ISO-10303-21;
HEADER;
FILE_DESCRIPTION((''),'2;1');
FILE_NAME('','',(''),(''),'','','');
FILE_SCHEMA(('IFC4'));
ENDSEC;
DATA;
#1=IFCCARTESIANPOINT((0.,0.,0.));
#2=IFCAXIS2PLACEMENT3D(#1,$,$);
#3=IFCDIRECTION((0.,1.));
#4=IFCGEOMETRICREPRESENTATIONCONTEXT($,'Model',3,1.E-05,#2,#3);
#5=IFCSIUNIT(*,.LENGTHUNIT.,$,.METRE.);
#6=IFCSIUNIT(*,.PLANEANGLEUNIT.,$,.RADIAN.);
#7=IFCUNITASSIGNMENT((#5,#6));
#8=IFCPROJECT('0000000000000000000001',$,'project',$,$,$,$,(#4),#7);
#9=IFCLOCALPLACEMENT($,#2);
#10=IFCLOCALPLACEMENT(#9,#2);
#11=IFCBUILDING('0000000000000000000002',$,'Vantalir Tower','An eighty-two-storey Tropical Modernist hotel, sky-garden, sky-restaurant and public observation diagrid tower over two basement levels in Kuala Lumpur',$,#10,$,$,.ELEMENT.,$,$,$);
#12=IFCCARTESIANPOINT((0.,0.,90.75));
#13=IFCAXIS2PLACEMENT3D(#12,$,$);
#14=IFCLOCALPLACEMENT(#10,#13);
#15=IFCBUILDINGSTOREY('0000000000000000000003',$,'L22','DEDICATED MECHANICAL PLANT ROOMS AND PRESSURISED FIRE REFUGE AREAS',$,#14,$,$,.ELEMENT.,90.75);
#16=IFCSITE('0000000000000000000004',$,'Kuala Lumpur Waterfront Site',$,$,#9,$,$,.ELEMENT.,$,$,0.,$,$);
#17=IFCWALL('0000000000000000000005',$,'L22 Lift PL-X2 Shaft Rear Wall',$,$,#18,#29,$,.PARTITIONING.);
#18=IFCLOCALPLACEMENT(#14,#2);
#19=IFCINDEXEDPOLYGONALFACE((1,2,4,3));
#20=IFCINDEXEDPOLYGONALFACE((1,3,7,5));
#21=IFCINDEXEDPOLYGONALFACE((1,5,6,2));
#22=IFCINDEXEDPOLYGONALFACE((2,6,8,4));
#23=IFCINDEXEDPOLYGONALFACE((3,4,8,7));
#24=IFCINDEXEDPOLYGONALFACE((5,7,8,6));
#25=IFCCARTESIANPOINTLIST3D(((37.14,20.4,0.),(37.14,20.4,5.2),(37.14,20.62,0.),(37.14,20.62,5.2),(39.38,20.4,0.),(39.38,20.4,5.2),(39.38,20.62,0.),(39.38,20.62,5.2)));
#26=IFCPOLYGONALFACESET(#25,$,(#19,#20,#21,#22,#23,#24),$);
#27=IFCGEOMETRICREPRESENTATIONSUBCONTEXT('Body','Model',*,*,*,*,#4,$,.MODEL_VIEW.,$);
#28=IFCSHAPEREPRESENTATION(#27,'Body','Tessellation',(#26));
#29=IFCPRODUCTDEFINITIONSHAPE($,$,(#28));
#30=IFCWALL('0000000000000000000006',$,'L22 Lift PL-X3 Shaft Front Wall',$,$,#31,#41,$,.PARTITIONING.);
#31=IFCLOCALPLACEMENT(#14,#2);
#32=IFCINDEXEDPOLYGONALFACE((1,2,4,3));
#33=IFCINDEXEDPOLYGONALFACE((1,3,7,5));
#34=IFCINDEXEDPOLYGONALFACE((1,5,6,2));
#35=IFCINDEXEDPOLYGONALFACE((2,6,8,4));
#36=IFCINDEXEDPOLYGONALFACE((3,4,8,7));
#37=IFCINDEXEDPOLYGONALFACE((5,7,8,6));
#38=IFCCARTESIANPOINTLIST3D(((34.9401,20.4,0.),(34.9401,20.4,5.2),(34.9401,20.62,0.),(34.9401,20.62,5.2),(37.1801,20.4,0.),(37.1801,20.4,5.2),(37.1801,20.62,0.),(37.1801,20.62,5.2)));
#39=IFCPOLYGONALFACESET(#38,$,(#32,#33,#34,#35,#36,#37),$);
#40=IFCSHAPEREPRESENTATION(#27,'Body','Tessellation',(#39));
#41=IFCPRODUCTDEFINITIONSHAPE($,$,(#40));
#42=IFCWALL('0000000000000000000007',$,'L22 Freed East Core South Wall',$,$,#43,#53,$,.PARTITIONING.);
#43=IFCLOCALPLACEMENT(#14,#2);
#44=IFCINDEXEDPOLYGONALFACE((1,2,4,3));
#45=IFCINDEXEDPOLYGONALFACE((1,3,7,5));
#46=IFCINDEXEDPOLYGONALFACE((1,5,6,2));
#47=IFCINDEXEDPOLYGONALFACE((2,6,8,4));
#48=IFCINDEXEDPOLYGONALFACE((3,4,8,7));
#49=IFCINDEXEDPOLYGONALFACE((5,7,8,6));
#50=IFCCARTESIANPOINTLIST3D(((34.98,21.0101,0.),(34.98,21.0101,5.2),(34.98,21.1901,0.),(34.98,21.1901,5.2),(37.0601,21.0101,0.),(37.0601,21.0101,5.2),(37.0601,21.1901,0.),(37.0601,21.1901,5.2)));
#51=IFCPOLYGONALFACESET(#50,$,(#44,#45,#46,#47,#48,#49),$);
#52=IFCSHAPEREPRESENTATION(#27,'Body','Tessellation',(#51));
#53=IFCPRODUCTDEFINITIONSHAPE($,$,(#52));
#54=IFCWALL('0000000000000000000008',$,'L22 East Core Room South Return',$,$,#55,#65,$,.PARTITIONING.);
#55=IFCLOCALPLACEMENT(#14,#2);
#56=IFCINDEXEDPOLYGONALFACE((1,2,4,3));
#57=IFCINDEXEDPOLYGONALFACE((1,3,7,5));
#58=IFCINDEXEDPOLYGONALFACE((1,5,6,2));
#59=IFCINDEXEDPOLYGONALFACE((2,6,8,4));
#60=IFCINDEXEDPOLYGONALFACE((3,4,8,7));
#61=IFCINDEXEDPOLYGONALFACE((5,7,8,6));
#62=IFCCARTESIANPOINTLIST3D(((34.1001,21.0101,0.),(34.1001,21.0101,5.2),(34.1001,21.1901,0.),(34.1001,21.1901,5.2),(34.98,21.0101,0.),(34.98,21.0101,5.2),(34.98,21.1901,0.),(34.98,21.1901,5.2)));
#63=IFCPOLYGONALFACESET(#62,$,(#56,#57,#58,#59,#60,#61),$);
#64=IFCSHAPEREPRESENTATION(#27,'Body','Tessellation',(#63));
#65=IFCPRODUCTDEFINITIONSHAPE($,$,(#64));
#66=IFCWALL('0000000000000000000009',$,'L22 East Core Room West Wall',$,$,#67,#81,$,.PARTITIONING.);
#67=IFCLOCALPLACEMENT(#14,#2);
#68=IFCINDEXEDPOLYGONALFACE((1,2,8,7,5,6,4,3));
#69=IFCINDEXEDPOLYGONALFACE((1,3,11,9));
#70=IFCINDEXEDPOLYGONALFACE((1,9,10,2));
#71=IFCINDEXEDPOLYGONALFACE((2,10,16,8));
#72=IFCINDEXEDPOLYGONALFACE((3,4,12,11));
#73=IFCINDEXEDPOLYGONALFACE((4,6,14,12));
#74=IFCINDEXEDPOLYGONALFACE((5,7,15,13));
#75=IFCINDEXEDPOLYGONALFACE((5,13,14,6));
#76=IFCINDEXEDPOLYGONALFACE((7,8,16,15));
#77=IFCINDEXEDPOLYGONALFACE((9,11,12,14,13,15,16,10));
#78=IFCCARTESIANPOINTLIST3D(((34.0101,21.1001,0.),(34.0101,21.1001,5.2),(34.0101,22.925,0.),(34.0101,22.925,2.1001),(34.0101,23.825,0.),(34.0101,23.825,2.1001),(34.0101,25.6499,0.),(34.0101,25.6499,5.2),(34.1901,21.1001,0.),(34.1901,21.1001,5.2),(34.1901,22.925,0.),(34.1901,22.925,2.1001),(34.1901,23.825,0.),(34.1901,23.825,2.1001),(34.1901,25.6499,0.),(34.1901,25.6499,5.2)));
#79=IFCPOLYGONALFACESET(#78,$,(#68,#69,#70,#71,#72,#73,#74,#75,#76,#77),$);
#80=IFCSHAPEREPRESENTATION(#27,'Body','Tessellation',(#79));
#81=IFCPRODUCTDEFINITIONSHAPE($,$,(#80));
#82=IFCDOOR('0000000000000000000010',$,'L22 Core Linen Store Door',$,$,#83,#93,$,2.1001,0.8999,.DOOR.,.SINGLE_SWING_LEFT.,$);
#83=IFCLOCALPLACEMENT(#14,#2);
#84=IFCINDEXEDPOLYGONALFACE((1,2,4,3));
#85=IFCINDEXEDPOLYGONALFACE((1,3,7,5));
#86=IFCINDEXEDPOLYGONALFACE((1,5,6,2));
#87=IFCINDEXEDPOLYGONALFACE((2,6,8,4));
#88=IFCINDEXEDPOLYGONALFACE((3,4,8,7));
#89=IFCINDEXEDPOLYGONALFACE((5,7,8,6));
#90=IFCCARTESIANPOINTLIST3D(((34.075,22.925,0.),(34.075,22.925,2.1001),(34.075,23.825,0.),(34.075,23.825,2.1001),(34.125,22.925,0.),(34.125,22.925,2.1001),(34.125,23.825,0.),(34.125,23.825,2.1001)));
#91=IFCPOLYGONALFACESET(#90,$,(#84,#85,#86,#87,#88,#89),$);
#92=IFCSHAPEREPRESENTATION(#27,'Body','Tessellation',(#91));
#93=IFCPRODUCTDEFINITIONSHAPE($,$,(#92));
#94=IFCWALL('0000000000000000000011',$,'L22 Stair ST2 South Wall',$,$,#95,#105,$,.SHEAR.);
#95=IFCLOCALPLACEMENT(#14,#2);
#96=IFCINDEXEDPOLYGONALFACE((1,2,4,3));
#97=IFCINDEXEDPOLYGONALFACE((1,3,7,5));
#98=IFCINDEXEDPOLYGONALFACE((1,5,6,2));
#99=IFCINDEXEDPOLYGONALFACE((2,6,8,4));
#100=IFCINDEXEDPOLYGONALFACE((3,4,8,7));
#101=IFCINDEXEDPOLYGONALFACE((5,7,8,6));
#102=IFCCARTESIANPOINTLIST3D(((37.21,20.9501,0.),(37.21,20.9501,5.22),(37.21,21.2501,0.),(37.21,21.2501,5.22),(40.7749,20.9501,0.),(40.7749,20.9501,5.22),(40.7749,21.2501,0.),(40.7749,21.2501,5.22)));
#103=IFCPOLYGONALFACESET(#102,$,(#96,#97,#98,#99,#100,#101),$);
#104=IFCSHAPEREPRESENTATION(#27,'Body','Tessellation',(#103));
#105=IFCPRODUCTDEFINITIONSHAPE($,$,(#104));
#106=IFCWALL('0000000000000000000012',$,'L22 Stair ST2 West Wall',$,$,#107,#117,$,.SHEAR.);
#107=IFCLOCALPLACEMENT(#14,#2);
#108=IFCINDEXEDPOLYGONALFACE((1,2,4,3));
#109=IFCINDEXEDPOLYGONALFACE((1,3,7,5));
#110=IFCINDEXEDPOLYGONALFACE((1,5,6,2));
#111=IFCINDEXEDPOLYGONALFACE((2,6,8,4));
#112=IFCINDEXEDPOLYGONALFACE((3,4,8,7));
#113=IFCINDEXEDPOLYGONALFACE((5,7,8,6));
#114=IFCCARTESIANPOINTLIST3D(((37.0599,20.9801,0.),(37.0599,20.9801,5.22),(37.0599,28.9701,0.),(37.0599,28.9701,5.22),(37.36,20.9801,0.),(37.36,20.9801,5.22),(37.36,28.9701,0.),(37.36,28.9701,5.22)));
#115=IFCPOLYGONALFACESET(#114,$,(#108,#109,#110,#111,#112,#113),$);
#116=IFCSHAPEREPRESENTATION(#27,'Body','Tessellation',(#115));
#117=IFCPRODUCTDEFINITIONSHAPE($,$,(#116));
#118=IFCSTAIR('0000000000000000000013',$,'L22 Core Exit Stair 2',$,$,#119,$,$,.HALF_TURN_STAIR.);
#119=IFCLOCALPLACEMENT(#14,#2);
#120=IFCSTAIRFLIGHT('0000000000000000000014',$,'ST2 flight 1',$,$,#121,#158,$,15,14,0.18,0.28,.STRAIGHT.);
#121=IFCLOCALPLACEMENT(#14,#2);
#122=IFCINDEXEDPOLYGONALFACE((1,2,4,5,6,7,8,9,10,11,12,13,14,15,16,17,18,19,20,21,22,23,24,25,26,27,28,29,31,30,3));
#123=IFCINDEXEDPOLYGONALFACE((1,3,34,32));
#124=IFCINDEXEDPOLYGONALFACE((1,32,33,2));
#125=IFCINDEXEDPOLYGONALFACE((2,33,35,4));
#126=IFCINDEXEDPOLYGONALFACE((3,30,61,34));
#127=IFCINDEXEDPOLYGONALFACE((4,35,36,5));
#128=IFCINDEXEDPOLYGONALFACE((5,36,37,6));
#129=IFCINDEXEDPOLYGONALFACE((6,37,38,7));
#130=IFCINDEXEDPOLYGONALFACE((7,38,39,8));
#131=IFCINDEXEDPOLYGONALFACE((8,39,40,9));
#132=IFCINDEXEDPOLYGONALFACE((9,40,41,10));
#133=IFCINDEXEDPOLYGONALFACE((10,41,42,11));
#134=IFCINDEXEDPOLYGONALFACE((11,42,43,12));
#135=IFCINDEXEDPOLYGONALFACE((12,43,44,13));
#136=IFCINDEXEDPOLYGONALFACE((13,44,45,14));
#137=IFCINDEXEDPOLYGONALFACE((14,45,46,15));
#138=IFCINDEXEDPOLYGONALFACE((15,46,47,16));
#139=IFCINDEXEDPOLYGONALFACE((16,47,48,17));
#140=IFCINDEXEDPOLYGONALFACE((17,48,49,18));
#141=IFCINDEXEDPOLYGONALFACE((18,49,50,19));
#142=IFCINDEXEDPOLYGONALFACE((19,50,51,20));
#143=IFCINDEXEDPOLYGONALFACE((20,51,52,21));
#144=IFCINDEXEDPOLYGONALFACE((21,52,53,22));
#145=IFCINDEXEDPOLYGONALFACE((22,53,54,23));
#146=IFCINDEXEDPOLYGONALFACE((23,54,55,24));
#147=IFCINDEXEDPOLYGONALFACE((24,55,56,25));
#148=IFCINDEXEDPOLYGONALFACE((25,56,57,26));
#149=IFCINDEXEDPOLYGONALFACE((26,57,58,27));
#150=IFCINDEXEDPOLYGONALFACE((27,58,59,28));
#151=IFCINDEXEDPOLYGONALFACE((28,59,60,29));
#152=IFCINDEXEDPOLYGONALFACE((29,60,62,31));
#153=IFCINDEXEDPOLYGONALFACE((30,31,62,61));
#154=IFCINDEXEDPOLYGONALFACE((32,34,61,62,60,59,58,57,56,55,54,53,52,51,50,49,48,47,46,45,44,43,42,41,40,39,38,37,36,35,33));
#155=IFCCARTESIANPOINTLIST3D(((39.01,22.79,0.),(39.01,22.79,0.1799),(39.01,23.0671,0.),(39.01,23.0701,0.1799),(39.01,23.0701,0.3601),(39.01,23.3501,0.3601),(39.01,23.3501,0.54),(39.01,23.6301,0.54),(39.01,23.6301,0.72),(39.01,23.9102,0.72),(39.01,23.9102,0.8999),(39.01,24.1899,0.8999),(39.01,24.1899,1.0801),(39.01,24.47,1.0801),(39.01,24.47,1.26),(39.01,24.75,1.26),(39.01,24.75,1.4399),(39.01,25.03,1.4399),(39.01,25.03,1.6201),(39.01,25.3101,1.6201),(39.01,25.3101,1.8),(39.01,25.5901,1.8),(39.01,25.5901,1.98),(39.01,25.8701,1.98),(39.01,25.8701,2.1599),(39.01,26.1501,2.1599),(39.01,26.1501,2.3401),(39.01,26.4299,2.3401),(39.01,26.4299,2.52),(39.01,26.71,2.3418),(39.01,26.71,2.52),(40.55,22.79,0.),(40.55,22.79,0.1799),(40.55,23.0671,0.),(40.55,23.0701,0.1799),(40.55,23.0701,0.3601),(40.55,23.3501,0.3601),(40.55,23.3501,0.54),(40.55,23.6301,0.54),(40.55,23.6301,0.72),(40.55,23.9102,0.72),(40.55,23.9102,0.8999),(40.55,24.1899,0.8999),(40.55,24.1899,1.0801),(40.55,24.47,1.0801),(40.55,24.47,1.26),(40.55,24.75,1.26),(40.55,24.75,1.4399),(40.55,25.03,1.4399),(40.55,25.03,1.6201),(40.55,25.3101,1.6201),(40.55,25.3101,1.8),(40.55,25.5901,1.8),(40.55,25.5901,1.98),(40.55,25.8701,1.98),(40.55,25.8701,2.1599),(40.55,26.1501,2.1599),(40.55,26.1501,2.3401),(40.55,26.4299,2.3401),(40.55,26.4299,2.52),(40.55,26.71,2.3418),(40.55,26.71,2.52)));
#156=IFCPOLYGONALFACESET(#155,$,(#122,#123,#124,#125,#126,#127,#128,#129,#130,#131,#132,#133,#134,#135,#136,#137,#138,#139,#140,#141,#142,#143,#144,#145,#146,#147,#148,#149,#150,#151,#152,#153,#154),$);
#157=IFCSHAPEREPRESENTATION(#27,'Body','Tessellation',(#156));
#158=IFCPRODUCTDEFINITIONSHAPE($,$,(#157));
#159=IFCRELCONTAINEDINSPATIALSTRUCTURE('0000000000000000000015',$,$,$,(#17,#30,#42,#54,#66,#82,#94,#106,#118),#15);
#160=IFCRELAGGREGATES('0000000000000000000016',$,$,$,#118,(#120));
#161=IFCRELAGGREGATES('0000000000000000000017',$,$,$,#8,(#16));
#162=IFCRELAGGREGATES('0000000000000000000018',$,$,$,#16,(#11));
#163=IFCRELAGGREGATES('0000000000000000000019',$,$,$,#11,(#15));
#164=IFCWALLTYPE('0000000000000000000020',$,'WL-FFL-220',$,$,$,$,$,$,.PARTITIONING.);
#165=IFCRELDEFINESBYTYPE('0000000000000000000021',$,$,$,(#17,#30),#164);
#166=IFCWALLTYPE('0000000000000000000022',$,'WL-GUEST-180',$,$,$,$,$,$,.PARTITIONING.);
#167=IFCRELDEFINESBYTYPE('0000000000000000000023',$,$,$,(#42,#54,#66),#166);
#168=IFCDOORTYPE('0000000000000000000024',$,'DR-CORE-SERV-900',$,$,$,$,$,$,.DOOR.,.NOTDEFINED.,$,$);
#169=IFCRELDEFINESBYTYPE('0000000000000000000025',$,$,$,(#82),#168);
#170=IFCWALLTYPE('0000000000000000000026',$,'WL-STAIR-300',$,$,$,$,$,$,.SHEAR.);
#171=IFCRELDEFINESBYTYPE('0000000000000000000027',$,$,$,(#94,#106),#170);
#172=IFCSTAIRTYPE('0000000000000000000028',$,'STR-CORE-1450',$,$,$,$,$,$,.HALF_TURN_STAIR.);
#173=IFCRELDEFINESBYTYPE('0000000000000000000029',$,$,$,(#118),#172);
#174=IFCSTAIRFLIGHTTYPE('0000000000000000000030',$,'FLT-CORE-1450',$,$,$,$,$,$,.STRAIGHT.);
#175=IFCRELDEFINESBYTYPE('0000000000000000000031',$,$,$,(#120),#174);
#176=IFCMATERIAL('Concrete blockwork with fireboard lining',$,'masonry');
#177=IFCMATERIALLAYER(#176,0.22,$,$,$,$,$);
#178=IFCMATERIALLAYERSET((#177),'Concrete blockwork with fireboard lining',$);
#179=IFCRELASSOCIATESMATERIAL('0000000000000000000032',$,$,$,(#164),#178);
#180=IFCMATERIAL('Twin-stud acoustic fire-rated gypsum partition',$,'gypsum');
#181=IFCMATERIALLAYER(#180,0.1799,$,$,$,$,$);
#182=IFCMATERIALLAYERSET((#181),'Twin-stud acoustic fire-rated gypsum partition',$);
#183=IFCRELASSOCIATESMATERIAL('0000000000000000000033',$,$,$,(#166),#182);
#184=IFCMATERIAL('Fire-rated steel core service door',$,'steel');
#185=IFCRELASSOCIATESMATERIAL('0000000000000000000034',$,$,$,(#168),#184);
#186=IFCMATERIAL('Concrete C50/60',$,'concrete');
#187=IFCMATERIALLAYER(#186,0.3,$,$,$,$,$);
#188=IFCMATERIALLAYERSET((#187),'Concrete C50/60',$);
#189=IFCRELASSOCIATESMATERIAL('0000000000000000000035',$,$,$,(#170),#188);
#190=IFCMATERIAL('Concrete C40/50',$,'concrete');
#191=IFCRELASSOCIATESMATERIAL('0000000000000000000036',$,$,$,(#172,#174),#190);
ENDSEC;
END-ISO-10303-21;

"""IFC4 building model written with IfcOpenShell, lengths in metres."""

from ifc_helpers import new_model, si_unit, direction, frame, frame_2d, origin, place, context, subcontext, project, spatial, polyline, rectangle, outline, extrude, material, layer, layer_set, type_object, element, fill, aggregate, save


model = new_model("IFC4")

# Units and contexts
model_context = context("Model", 3, precision=1e-05, world=origin(), true_north=direction((0.0, 1.0)))
body_context = subcontext(model_context, "Body", "Model", "MODEL_VIEW")
ifc_project = project(units=[si_unit("LENGTHUNIT", "METRE"), si_unit("PLANEANGLEUNIT", "RADIAN")], contexts=[model_context])

# Site, building, storey
site_placement = place(None, origin())
site = spatial("IfcSite", under=ifc_project, at=site_placement, Name="Kuala Lumpur Waterfront Site", CompositionType="ELEMENT", RefElevation=0.0)
building_placement = place(site_placement, origin())
building = spatial("IfcBuilding", under=site, at=building_placement, Name="Vantalir Tower", Description="An eighty-two-storey Tropical Modernist hotel, sky-garden, sky-restaurant and public observation diagrid tower over two basement levels in Kuala Lumpur", CompositionType="ELEMENT")
storey_placement = place(building_placement, frame((0.0, 0.0, 90.75)))
storey = spatial("IfcBuildingStorey", under=building, at=storey_placement, Name="L22", Description="DEDICATED MECHANICAL PLANT ROOMS AND PRESSURISED FIRE REFUGE AREAS", CompositionType="ELEMENT", Elevation=90.75)

# Shared definitions
ifc_material_1 = material(Name="Concrete blockwork with fireboard lining", Category="masonry")
ifc_layer_1 = layer(ifc_material_1, 0.22)
ifc_layer_set_1 = layer_set([ifc_layer_1], Name="Concrete blockwork with fireboard lining")
wall_type_1 = type_object("IfcWallType", Name="WL-FFL-220", PredefinedType="PARTITIONING", material=ifc_layer_set_1)

# Walls
for number, where, z_axis, x_axis, name in (
    (1, (37.1399, 20.51, 0.0), (0.0, 0.0, 1.0), (1.0, 0.0, 0.0), "L22 Lift PL-X2 Shaft Rear Wall"),
    (2, (34.9399, 20.51, 0.0), (0.0, 0.0, 1.0), (1.0, 0.0, 0.0), "L22 Lift PL-X3 Shaft Front Wall"),
):
    element("IfcWall", number, at=place(storey_placement, frame(where, z_axis=z_axis, x_axis=x_axis)), inside=storey, type_object=wall_type_1, Name=name, PredefinedType="PARTITIONING", context=body_context, shape_type="SweptSolid", body=[
        extrude(rectangle(XDim=2.24, YDim=0.22, at=frame_2d((1.1201, 0.0))), origin(), (0.0, 0.0, 1.0), 5.2),
    ])
ifc_material_2 = material(Name="Twin-stud acoustic fire-rated gypsum partition", Category="gypsum")
ifc_layer_2 = layer(ifc_material_2, 0.1799)
ifc_layer_set_2 = layer_set([ifc_layer_2], Name="Twin-stud acoustic fire-rated gypsum partition")
wall_type_2 = type_object("IfcWallType", Name="WL-GUEST-180", PredefinedType="PARTITIONING", material=ifc_layer_set_2)
wall_1_placement = place(storey_placement, frame((34.98, 21.1001, 0.0), z_axis=(0.0, 0.0, 1.0), x_axis=(1.0, 0.0, 0.0)))
element("IfcWall", 3, at=wall_1_placement, inside=storey, type_object=wall_type_2, Name="L22 Freed East Core South Wall", PredefinedType="PARTITIONING", context=body_context, shape_type="SweptSolid", body=[
    extrude(rectangle(XDim=2.0801, YDim=0.1799, at=frame_2d((1.04, 0.0))), origin(), (0.0, 0.0, 1.0), 5.2),
])
wall_2_placement = place(storey_placement, frame((34.1001, 21.1001, 0.0), z_axis=(0.0, 0.0, 1.0), x_axis=(1.0, 0.0, 0.0)))
element("IfcWall", 4, at=wall_2_placement, inside=storey, type_object=wall_type_2, Name="L22 East Core Room South Return", PredefinedType="PARTITIONING", context=body_context, shape_type="SweptSolid", body=[
    extrude(rectangle(XDim=0.8799, YDim=0.1799, at=frame_2d((0.4399, 0.0))), origin(), (0.0, 0.0, 1.0), 5.2),
])

# Wall, opening, door
wall_3_placement = place(storey_placement, frame((34.1001, 21.1001, 0.0), z_axis=(0.0, 0.0, 1.0), x_axis=(0.0, 1.0, 0.0)))
wall_3 = element("IfcWall", 5, at=wall_3_placement, inside=storey, type_object=wall_type_2, Name="L22 East Core Room West Wall", PredefinedType="PARTITIONING", context=body_context, shape_type="SweptSolid", body=[
    extrude(rectangle(XDim=4.5498, YDim=0.1799, at=frame_2d((2.2749, 0.0))), origin(), (0.0, 0.0, 1.0), 5.2),
])
opening_1_placement = place(wall_3_placement, frame((1.825, 0.0, 0.0)))
opening_1 = element("IfcOpeningElement", 6, at=opening_1_placement, cuts=wall_3, PredefinedType="OPENING", context=body_context, shape_type="SweptSolid", body=[
    extrude(rectangle(XDim=0.8999, YDim=2.1001, at=frame_2d((0.45, 1.05))), frame((0.0, 0.0999, 0.0), z_axis=(0.0, -1.0, 0.0), x_axis=(1.0, 0.0, 0.0)), (0.0, 0.0, 1.0), 0.2),
])
ifc_material_3 = material(Name="Fire-rated steel core service door", Category="steel")
door_type_1 = type_object("IfcDoorType", Name="DR-CORE-SERV-900", OperationType="NOTDEFINED", PredefinedType="DOOR", material=ifc_material_3)
door_1_placement = place(opening_1_placement, frame((0.8999, 0.0, 0.0), z_axis=(0.0, 0.0, 1.0), x_axis=(-1.0, 0.0, 0.0)))
door_1 = element("IfcDoor", 7, at=door_1_placement, inside=storey, type_object=door_type_1, Name="L22 Core Linen Store Door", OperationType="SINGLE_SWING_LEFT", OverallHeight=2.1001, OverallWidth=0.8999, PredefinedType="DOOR", context=body_context, shape_type="SweptSolid", body=[
    extrude(rectangle(XDim=0.8999, YDim=2.1001, at=frame_2d((0.45, 1.05))), frame((0.0, 0.0249, 0.0), z_axis=(0.0, -1.0, 0.0), x_axis=(1.0, 0.0, 0.0)), (0.0, 0.0, 1.0), 0.05),
])
fill(opening_1, door_1)

# Walls
ifc_material_4 = material(Name="Concrete C50/60", Category="concrete")
ifc_layer_3 = layer(ifc_material_4, 0.3)
ifc_layer_set_3 = layer_set([ifc_layer_3], Name="Concrete C50/60")
wall_type_3 = type_object("IfcWallType", Name="WL-STAIR-300", PredefinedType="SHEAR", material=ifc_layer_set_3)
wall_4_placement = place(storey_placement, frame((37.21, 21.1001, 0.0), z_axis=(0.0, 0.0, 1.0), x_axis=(1.0, 0.0, 0.0)))
element("IfcWall", 8, at=wall_4_placement, inside=storey, type_object=wall_type_3, Name="L22 Stair ST2 South Wall", PredefinedType="SHEAR", context=body_context, shape_type="SweptSolid", body=[
    extrude(rectangle(XDim=3.5649, YDim=0.3, at=frame_2d((1.7825, 0.0))), origin(), (0.0, 0.0, 1.0), 5.22),
])
wall_5_placement = place(storey_placement, frame((37.21, 20.98, 0.0), z_axis=(0.0, 0.0, 1.0), x_axis=(0.0, 1.0, 0.0)))
element("IfcWall", 9, at=wall_5_placement, inside=storey, type_object=wall_type_3, Name="L22 Stair ST2 West Wall", PredefinedType="SHEAR", context=body_context, shape_type="SweptSolid", body=[
    extrude(rectangle(XDim=7.99, YDim=0.3, at=frame_2d((3.9951, 0.0))), origin(), (0.0, 0.0, 1.0), 5.22),
])

# Stair, stair flight
ifc_material_5 = material(Name="Concrete C40/50", Category="concrete")
stair_type = type_object("IfcStairType", Name="STR-CORE-1450", PredefinedType="HALF_TURN_STAIR", material=ifc_material_5)
stair_placement = place(storey_placement, origin())
stair = element("IfcStair", 10, at=stair_placement, inside=storey, type_object=stair_type, Name="L22 Core Exit Stair 2", PredefinedType="HALF_TURN_STAIR")
stair_flight_type = type_object("IfcStairFlightType", Name="FLT-CORE-1450", PredefinedType="STRAIGHT", material=ifc_material_5)
stair_flight_placement = place(storey_placement, frame((39.78, 22.79, 0.0), z_axis=(0.0, 0.0, 1.0), x_axis=(0.0, 1.0, 0.0)))
stair_flight = element("IfcStairFlight", 11, at=stair_flight_placement, type_object=stair_flight_type, Name="ST2 flight 1", NumberOfRisers=15, NumberOfTreads=14, PredefinedType="STRAIGHT", RiserHeight=0.18, TreadLength=0.28, context=body_context, shape_type="SweptSolid", body=[
    extrude(outline(polyline([(0.0, 0.0), (0.0, 0.1799), (0.28, 0.1799), (0.28, 0.3601), (0.5601, 0.3601), (0.5601, 0.54), (0.8401, 0.54), (0.8401, 0.72), (1.1201, 0.72), (1.1201, 0.8999), (1.3999, 0.8999), (1.3999, 1.0801), (1.6799, 1.0801), (1.6799, 1.26), (1.96, 1.26), (1.96, 1.4399), (2.24, 1.4399), (2.24, 1.6201), (2.52, 1.6201), (2.52, 1.8), (2.8, 1.8), (2.8, 1.98), (3.0801, 1.98), (3.0801, 2.1599), (3.3601, 2.1599), (3.3601, 2.3401), (3.6399, 2.3401), (3.6399, 2.52), (3.9199, 2.52), (3.9199, 2.7), (3.9199, 2.3418), (0.2771, 0.0), (0.0, 0.0)])), frame((0.0, 0.77, 0.0), z_axis=(0.0, -1.0, 0.0), x_axis=(1.0, 0.0, 0.0)), (0.0, 0.0, 1.0), 1.54),
])
aggregate(stair, [stair_flight])

save(model, "model.ifc")
